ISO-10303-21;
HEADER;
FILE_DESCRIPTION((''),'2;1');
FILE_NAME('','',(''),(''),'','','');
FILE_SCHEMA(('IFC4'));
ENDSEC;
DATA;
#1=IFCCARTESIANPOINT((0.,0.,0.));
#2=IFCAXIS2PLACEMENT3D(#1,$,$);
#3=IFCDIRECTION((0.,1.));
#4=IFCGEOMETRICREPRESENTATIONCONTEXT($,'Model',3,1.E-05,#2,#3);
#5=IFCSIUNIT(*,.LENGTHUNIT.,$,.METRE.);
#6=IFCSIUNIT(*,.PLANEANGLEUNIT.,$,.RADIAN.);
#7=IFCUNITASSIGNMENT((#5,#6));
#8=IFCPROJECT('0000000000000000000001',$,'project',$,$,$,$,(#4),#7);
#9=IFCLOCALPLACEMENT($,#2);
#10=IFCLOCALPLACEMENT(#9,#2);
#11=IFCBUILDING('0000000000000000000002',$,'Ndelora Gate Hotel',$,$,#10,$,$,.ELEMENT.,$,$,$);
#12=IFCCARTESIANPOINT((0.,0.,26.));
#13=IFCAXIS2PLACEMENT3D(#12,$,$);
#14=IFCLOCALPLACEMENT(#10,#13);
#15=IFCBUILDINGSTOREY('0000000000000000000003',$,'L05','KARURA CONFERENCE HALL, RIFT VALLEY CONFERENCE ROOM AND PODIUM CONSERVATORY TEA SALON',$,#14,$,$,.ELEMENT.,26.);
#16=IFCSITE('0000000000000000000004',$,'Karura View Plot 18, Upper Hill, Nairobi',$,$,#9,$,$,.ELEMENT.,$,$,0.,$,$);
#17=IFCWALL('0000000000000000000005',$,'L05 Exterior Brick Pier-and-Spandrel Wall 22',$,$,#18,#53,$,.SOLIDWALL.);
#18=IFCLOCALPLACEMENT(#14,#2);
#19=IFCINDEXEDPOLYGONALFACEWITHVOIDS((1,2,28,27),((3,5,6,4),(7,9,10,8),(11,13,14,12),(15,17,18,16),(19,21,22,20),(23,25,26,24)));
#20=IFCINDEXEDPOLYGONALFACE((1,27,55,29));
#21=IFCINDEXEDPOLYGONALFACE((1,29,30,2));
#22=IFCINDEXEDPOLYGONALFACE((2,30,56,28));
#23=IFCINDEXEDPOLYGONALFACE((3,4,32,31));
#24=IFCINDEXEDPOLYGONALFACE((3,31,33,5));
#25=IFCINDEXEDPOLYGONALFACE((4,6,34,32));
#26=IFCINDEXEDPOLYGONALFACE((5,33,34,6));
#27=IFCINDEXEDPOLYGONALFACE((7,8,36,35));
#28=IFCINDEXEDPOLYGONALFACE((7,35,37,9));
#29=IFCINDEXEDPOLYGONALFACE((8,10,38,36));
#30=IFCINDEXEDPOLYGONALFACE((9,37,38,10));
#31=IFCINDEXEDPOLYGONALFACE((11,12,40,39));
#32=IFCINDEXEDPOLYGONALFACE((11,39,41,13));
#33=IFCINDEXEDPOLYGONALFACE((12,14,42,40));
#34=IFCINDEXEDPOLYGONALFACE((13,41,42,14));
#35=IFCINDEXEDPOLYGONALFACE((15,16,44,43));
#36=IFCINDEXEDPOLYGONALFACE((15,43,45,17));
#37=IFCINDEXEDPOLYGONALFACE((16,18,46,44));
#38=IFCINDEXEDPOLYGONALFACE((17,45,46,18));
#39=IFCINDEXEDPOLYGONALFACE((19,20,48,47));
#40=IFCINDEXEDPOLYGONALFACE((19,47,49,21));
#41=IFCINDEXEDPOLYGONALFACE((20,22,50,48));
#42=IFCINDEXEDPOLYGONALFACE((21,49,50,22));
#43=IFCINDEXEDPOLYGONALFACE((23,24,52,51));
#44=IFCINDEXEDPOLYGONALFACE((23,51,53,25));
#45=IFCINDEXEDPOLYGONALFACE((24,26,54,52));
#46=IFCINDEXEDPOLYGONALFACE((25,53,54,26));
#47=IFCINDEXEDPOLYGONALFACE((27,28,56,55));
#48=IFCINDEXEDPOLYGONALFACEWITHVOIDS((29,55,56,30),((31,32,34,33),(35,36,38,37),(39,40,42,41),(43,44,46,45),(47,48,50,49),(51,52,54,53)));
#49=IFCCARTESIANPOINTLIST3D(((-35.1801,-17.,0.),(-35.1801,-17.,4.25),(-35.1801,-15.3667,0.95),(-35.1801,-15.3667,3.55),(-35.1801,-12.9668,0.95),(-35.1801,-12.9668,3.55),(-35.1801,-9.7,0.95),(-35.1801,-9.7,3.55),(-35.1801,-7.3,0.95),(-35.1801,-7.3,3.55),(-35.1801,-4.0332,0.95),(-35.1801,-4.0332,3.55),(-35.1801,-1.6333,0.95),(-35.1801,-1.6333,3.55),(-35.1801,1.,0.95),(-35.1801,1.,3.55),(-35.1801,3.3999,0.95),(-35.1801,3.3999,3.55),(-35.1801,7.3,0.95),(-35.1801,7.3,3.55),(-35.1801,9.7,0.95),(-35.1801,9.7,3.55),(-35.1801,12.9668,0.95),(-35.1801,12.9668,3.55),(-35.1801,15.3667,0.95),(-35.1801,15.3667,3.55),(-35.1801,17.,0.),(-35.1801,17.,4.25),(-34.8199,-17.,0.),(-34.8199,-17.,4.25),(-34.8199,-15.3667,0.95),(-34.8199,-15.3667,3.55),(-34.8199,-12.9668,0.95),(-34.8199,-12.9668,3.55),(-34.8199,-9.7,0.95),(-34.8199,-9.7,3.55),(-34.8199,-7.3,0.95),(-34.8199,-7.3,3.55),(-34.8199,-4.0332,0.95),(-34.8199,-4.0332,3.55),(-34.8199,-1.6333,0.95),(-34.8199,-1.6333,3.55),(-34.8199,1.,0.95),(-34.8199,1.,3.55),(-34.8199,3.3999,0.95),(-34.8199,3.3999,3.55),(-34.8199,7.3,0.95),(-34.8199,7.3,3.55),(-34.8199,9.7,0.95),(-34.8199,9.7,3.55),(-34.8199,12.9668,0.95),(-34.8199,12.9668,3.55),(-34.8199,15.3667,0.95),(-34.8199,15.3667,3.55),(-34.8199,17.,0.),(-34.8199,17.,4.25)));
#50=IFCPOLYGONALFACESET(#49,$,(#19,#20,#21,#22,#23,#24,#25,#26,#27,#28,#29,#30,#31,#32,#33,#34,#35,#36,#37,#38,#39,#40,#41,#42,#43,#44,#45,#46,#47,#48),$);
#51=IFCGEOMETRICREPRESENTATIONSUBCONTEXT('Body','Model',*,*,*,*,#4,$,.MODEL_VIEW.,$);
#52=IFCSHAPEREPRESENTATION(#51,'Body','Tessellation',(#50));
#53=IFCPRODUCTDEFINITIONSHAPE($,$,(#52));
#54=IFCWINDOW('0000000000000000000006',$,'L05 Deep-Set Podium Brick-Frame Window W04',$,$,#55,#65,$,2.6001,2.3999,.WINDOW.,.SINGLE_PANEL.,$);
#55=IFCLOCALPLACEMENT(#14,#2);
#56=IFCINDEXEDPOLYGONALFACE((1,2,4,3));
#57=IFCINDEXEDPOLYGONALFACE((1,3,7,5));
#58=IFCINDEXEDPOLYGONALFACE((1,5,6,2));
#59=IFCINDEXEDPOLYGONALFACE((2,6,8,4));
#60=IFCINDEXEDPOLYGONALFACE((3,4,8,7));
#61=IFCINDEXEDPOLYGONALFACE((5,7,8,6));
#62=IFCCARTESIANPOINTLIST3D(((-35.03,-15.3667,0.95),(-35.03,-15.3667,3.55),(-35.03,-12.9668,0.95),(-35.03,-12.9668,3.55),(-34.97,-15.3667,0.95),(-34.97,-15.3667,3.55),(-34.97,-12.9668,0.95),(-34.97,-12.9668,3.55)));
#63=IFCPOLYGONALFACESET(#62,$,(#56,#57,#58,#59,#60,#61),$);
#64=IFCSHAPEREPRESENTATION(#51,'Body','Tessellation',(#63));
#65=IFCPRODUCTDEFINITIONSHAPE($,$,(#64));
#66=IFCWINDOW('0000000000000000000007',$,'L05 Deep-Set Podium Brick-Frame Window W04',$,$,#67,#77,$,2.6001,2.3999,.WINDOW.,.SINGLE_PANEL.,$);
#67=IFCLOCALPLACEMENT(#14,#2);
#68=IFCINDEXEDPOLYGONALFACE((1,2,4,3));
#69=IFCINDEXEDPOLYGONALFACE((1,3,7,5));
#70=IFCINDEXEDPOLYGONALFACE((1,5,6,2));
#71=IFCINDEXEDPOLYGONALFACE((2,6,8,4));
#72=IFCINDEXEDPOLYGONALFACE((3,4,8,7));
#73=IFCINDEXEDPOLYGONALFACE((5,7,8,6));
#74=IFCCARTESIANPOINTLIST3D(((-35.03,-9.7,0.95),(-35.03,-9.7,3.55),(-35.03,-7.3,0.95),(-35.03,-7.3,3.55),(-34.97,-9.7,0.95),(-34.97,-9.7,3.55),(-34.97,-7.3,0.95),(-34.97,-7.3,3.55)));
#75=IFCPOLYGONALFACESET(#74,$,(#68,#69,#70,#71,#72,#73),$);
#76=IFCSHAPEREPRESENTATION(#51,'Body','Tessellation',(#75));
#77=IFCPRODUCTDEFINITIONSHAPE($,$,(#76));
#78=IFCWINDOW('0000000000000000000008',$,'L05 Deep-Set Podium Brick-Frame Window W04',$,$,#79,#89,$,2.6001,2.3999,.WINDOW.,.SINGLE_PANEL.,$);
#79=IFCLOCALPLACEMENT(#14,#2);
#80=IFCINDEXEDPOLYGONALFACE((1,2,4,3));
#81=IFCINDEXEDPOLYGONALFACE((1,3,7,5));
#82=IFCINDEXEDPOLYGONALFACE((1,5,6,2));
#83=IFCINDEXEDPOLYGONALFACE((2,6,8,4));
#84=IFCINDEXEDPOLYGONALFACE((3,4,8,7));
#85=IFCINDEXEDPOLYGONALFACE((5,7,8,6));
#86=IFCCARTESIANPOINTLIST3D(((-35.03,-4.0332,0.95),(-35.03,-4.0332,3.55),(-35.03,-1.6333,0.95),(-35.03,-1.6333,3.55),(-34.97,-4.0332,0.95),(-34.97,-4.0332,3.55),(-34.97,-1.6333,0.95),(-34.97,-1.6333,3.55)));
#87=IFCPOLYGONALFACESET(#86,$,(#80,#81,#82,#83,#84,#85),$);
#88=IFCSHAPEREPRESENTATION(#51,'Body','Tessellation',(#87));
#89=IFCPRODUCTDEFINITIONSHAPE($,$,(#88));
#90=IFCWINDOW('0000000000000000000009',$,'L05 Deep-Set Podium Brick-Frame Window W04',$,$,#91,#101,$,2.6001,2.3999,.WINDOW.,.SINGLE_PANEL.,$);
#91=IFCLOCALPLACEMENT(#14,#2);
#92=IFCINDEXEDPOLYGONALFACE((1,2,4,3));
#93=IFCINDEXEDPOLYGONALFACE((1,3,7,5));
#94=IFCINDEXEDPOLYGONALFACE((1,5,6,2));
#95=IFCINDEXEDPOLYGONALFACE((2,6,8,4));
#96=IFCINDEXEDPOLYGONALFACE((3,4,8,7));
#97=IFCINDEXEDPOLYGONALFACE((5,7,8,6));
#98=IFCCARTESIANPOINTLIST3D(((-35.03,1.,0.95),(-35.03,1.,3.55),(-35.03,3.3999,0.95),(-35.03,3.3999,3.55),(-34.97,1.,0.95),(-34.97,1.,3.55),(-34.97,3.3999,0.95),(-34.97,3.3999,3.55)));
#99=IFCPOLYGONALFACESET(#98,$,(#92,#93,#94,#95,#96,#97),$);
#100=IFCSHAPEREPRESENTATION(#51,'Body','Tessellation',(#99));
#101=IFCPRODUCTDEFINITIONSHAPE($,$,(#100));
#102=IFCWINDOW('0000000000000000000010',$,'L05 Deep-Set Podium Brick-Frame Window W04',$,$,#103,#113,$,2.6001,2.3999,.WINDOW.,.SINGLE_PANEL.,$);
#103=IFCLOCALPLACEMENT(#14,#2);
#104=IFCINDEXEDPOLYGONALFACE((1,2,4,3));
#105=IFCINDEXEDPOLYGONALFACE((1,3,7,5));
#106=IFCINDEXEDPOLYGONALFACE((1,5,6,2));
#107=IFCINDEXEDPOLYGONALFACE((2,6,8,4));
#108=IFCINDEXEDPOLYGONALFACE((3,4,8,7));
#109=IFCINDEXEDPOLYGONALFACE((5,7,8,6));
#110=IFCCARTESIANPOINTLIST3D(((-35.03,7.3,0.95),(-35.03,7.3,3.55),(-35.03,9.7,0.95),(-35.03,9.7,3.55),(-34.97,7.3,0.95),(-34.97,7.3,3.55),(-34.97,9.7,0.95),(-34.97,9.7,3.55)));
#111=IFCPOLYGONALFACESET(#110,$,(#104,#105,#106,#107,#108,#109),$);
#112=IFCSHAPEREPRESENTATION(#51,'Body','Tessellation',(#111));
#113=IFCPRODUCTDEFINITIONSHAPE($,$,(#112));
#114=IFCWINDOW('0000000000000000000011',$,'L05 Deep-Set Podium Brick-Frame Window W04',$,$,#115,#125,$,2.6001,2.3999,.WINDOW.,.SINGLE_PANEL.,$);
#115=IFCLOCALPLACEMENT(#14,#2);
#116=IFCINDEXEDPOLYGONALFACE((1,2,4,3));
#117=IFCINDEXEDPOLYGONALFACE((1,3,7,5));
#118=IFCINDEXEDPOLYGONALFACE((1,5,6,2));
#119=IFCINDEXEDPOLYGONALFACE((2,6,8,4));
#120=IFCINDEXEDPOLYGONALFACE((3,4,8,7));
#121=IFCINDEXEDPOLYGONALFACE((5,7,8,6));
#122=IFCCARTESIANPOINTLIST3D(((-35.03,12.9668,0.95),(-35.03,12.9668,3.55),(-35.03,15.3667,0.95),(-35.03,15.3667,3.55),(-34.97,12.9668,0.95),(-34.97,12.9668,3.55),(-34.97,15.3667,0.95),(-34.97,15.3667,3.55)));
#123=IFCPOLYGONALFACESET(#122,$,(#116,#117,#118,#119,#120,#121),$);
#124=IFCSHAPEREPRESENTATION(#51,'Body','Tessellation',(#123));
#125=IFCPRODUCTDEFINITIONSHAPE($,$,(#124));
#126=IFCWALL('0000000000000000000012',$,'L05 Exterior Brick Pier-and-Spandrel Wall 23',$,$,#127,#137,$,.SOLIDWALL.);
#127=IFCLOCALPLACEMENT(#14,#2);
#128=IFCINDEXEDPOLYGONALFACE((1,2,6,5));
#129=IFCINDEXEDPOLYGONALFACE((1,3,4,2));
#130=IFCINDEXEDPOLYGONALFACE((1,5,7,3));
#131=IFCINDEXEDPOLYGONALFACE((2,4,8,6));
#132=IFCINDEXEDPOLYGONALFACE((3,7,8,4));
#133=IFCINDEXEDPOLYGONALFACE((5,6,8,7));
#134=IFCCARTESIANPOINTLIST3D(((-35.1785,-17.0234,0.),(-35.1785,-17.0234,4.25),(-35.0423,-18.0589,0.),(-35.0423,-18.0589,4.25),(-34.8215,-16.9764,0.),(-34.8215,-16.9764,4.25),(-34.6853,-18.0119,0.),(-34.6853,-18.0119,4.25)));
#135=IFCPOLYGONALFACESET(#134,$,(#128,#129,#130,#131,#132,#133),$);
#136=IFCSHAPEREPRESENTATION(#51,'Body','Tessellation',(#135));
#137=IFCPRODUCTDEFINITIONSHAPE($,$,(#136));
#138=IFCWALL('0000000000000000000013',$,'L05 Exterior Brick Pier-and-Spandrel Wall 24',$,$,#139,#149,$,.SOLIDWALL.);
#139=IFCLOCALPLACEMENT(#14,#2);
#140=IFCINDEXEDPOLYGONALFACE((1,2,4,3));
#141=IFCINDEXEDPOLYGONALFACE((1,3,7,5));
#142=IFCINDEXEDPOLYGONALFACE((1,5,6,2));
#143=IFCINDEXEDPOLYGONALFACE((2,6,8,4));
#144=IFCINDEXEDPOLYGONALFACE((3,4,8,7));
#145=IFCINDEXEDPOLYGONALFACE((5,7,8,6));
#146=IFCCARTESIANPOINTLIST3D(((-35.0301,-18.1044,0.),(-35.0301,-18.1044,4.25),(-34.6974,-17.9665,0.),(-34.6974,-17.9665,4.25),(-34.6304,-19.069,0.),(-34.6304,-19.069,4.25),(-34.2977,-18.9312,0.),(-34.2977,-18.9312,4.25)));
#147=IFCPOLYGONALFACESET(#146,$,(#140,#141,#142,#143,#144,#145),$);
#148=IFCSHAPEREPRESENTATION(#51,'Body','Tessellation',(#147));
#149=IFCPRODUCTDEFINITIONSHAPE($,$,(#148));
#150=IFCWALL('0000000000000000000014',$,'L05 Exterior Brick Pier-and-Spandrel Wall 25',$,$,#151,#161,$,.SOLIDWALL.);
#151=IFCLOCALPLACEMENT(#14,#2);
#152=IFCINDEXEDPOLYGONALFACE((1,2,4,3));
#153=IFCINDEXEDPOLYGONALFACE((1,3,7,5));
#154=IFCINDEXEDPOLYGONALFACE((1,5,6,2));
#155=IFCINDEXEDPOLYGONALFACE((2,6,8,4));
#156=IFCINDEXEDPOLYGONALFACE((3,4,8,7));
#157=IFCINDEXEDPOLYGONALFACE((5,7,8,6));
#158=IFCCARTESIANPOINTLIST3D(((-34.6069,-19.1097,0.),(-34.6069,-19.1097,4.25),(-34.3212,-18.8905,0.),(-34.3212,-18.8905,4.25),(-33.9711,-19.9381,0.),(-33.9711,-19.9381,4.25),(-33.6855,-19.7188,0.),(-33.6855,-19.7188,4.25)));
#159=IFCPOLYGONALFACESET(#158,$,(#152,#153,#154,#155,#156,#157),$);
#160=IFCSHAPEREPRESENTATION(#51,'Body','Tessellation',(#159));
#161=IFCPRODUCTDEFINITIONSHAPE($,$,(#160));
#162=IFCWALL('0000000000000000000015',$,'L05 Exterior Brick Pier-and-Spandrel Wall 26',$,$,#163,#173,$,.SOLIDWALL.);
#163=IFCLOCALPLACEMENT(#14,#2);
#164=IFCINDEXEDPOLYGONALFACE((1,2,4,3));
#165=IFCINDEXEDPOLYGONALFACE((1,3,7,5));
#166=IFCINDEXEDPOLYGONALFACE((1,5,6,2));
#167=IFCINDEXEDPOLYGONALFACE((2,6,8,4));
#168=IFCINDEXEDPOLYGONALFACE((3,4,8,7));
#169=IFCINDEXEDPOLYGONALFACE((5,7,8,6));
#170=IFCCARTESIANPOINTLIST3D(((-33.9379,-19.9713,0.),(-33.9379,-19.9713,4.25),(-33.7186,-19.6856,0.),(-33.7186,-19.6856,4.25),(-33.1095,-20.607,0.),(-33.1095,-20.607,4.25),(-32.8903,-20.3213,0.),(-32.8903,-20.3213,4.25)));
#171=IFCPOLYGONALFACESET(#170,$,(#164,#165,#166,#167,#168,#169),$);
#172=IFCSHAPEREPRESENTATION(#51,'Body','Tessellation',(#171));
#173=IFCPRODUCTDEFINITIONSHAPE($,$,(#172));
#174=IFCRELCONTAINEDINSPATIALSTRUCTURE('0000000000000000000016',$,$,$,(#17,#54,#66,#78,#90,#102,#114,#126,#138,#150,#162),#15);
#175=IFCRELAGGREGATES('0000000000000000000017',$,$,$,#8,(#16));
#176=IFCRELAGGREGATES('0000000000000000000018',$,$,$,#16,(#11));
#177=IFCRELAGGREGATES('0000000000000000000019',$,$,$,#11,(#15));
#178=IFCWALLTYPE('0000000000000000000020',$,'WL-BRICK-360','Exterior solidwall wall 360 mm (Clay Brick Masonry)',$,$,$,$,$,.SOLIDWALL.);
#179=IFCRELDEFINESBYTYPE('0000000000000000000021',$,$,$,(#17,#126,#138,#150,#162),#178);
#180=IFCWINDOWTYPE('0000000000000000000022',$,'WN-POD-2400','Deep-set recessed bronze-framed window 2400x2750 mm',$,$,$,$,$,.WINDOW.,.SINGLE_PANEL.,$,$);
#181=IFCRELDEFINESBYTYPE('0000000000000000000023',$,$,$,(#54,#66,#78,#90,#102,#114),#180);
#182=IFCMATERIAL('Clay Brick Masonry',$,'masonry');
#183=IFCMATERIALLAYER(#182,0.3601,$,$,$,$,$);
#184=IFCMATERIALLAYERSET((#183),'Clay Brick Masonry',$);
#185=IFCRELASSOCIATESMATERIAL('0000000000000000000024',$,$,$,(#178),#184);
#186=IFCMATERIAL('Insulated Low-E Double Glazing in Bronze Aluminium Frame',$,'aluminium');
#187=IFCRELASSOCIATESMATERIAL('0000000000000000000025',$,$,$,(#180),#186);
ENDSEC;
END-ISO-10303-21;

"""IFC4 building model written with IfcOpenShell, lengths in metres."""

from ifc_helpers import new_model, si_unit, direction, frame, frame_2d, origin, place, context, subcontext, project, spatial, rectangle, extrude, material, layer, layer_set, type_object, element, fill, save


model = new_model("IFC4")

# Units and contexts
model_context = context("Model", 3, precision=1e-05, world=origin(), true_north=direction((0.0, 1.0)))
body_context = subcontext(model_context, "Body", "Model", "MODEL_VIEW")
ifc_project = project(units=[si_unit("LENGTHUNIT", "METRE"), si_unit("PLANEANGLEUNIT", "RADIAN")], contexts=[model_context])

# Site, building, storey
site_placement = place(None, origin())
site = spatial("IfcSite", under=ifc_project, at=site_placement, Name="Karura View Plot 18, Upper Hill, Nairobi", CompositionType="ELEMENT", RefElevation=0.0)
building_placement = place(site_placement, origin())
building = spatial("IfcBuilding", under=site, at=building_placement, Name="Ndelora Gate Hotel", CompositionType="ELEMENT")
storey_placement = place(building_placement, frame((0.0, 0.0, 26.0)))
storey = spatial("IfcBuildingStorey", under=building, at=storey_placement, Name="L05", Description="KARURA CONFERENCE HALL, RIFT VALLEY CONFERENCE ROOM AND PODIUM CONSERVATORY TEA SALON", CompositionType="ELEMENT", Elevation=26.0)

# Wall, openings, windows
ifc_material_1 = material(Name="Clay Brick Masonry", Category="masonry")
ifc_layer = layer(ifc_material_1, 0.3601)
ifc_layer_set = layer_set([ifc_layer], Name="Clay Brick Masonry")
wall_type = type_object("IfcWallType", Name="WL-BRICK-360", Description="Exterior solidwall wall 360 mm (Clay Brick Masonry)", PredefinedType="SOLIDWALL", material=ifc_layer_set)
wall_1_placement = place(storey_placement, frame((-35.0, -17.0, 0.0), z_axis=(0.0, 0.0, 1.0), x_axis=(0.0, 1.0, 0.0)))
wall_1 = element("IfcWall", 1, at=wall_1_placement, inside=storey, type_object=wall_type, Name="L05 Exterior Brick Pier-and-Spandrel Wall 22", PredefinedType="SOLIDWALL", context=body_context, shape_type="SweptSolid", body=[
    extrude(rectangle(XDim=34.0, YDim=0.3601, at=frame_2d((17.0, 0.0))), origin(), (0.0, 0.0, 1.0), 4.25),
])
opening_1_placement = place(wall_1_placement, frame((1.6333, 0.0, 0.95)))
opening_1 = element("IfcOpeningElement", 2, at=opening_1_placement, cuts=wall_1, PredefinedType="OPENING", context=body_context, shape_type="SweptSolid", body=[
    extrude(rectangle(XDim=2.3999, YDim=2.6001, at=frame_2d((1.2, 1.3))), frame((0.0, 0.1899, 0.0), z_axis=(0.0, -1.0, 0.0), x_axis=(1.0, 0.0, 0.0)), (0.0, 0.0, 1.0), 0.3801),
])
opening_2_placement = place(wall_1_placement, frame((7.3, 0.0, 0.95)))
opening_2 = element("IfcOpeningElement", 3, at=opening_2_placement, cuts=wall_1, PredefinedType="OPENING", context=body_context, shape_type="SweptSolid", body=[
    extrude(rectangle(XDim=2.3999, YDim=2.6001, at=frame_2d((1.2, 1.3))), frame((0.0, 0.1899, 0.0), z_axis=(0.0, -1.0, 0.0), x_axis=(1.0, 0.0, 0.0)), (0.0, 0.0, 1.0), 0.3801),
])
opening_3_placement = place(wall_1_placement, frame((12.9668, 0.0, 0.95)))
opening_3 = element("IfcOpeningElement", 4, at=opening_3_placement, cuts=wall_1, PredefinedType="OPENING", context=body_context, shape_type="SweptSolid", body=[
    extrude(rectangle(XDim=2.3999, YDim=2.6001, at=frame_2d((1.2, 1.3))), frame((0.0, 0.1899, 0.0), z_axis=(0.0, -1.0, 0.0), x_axis=(1.0, 0.0, 0.0)), (0.0, 0.0, 1.0), 0.3801),
])
opening_4_placement = place(wall_1_placement, frame((18.0, 0.0, 0.95)))
opening_4 = element("IfcOpeningElement", 5, at=opening_4_placement, cuts=wall_1, PredefinedType="OPENING", context=body_context, shape_type="SweptSolid", body=[
    extrude(rectangle(XDim=2.3999, YDim=2.6001, at=frame_2d((1.2, 1.3))), frame((0.0, 0.1899, 0.0), z_axis=(0.0, -1.0, 0.0), x_axis=(1.0, 0.0, 0.0)), (0.0, 0.0, 1.0), 0.3801),
])
opening_5_placement = place(wall_1_placement, frame((24.3, 0.0, 0.95)))
opening_5 = element("IfcOpeningElement", 6, at=opening_5_placement, cuts=wall_1, PredefinedType="OPENING", context=body_context, shape_type="SweptSolid", body=[
    extrude(rectangle(XDim=2.3999, YDim=2.6001, at=frame_2d((1.2, 1.3))), frame((0.0, 0.1899, 0.0), z_axis=(0.0, -1.0, 0.0), x_axis=(1.0, 0.0, 0.0)), (0.0, 0.0, 1.0), 0.3801),
])
opening_6_placement = place(wall_1_placement, frame((29.9668, 0.0, 0.95)))
opening_6 = element("IfcOpeningElement", 7, at=opening_6_placement, cuts=wall_1, PredefinedType="OPENING", context=body_context, shape_type="SweptSolid", body=[
    extrude(rectangle(XDim=2.3999, YDim=2.6001, at=frame_2d((1.2, 1.3))), frame((0.0, 0.1899, 0.0), z_axis=(0.0, -1.0, 0.0), x_axis=(1.0, 0.0, 0.0)), (0.0, 0.0, 1.0), 0.3801),
])
ifc_material_2 = material(Name="Insulated Low-E Double Glazing in Bronze Aluminium Frame", Category="aluminium")
window_type = type_object("IfcWindowType", Name="WN-POD-2400", Description="Deep-set recessed bronze-framed window 2400x2750 mm", PartitioningType="SINGLE_PANEL", PredefinedType="WINDOW", material=ifc_material_2)
window_1_placement = place(opening_1_placement, origin())
window_1 = element("IfcWindow", 8, at=window_1_placement, inside=storey, type_object=window_type, Name="L05 Deep-Set Podium Brick-Frame Window W04", OverallHeight=2.6001, OverallWidth=2.3999, PartitioningType="SINGLE_PANEL", PredefinedType="WINDOW", context=body_context, shape_type="SweptSolid", body=[
    extrude(rectangle(XDim=2.3999, YDim=2.6001, at=frame_2d((1.2, 1.3))), frame((0.0, 0.03, 0.0), z_axis=(0.0, -1.0, 0.0), x_axis=(1.0, 0.0, 0.0)), (0.0, 0.0, 1.0), 0.0601),
])
fill(opening_1, window_1)
window_2_placement = place(opening_2_placement, origin())
window_2 = element("IfcWindow", 9, at=window_2_placement, inside=storey, type_object=window_type, Name="L05 Deep-Set Podium Brick-Frame Window W04", OverallHeight=2.6001, OverallWidth=2.3999, PartitioningType="SINGLE_PANEL", PredefinedType="WINDOW", context=body_context, shape_type="SweptSolid", body=[
    extrude(rectangle(XDim=2.3999, YDim=2.6001, at=frame_2d((1.2, 1.3))), frame((0.0, 0.03, 0.0), z_axis=(0.0, -1.0, 0.0), x_axis=(1.0, 0.0, 0.0)), (0.0, 0.0, 1.0), 0.0601),
])
fill(opening_2, window_2)
window_3_placement = place(opening_3_placement, origin())
window_3 = element("IfcWindow", 10, at=window_3_placement, inside=storey, type_object=window_type, Name="L05 Deep-Set Podium Brick-Frame Window W04", OverallHeight=2.6001, OverallWidth=2.3999, PartitioningType="SINGLE_PANEL", PredefinedType="WINDOW", context=body_context, shape_type="SweptSolid", body=[
    extrude(rectangle(XDim=2.3999, YDim=2.6001, at=frame_2d((1.2, 1.3))), frame((0.0, 0.03, 0.0), z_axis=(0.0, -1.0, 0.0), x_axis=(1.0, 0.0, 0.0)), (0.0, 0.0, 1.0), 0.0601),
])
fill(opening_3, window_3)
window_4_placement = place(opening_4_placement, origin())
window_4 = element("IfcWindow", 11, at=window_4_placement, inside=storey, type_object=window_type, Name="L05 Deep-Set Podium Brick-Frame Window W04", OverallHeight=2.6001, OverallWidth=2.3999, PartitioningType="SINGLE_PANEL", PredefinedType="WINDOW", context=body_context, shape_type="SweptSolid", body=[
    extrude(rectangle(XDim=2.3999, YDim=2.6001, at=frame_2d((1.2, 1.3))), frame((0.0, 0.03, 0.0), z_axis=(0.0, -1.0, 0.0), x_axis=(1.0, 0.0, 0.0)), (0.0, 0.0, 1.0), 0.0601),
])
fill(opening_4, window_4)
window_5_placement = place(opening_5_placement, origin())
window_5 = element("IfcWindow", 12, at=window_5_placement, inside=storey, type_object=window_type, Name="L05 Deep-Set Podium Brick-Frame Window W04", OverallHeight=2.6001, OverallWidth=2.3999, PartitioningType="SINGLE_PANEL", PredefinedType="WINDOW", context=body_context, shape_type="SweptSolid", body=[
    extrude(rectangle(XDim=2.3999, YDim=2.6001, at=frame_2d((1.2, 1.3))), frame((0.0, 0.03, 0.0), z_axis=(0.0, -1.0, 0.0), x_axis=(1.0, 0.0, 0.0)), (0.0, 0.0, 1.0), 0.0601),
])
fill(opening_5, window_5)
window_6_placement = place(opening_6_placement, origin())
window_6 = element("IfcWindow", 13, at=window_6_placement, inside=storey, type_object=window_type, Name="L05 Deep-Set Podium Brick-Frame Window W04", OverallHeight=2.6001, OverallWidth=2.3999, PartitioningType="SINGLE_PANEL", PredefinedType="WINDOW", context=body_context, shape_type="SweptSolid", body=[
    extrude(rectangle(XDim=2.3999, YDim=2.6001, at=frame_2d((1.2, 1.3))), frame((0.0, 0.03, 0.0), z_axis=(0.0, -1.0, 0.0), x_axis=(1.0, 0.0, 0.0)), (0.0, 0.0, 1.0), 0.0601),
])
fill(opening_6, window_6)

# Walls
wall_2_placement = place(storey_placement, frame((-34.8638, -18.0354, 0.0), z_axis=(0.0, 0.0, 1.0), x_axis=(-0.130448, 0.991455, 0.0)))
element("IfcWall", 14, at=wall_2_placement, inside=storey, type_object=wall_type, Name="L05 Exterior Brick Pier-and-Spandrel Wall 23", PredefinedType="SOLIDWALL", context=body_context, shape_type="SweptSolid", body=[
    extrude(rectangle(XDim=1.0444, YDim=0.3601, at=frame_2d((0.5222, 0.0))), origin(), (0.0, 0.0, 1.0), 4.25),
])
for number, where, z_axis, x_axis, name in (
    (15, (-34.4641, -19.0, 0.0), (0.0, 0.0, 1.0), (-0.382772, 0.923843, 0.0), "L05 Exterior Brick Pier-and-Spandrel Wall 24"),
    (16, (-33.8284, -19.8284, 0.0), (0.0, 0.0, 1.0), (-0.608829, 0.793301, 0.0), "L05 Exterior Brick Pier-and-Spandrel Wall 25"),
    (17, (-33.0, -20.4641, 0.0), (0.0, 0.0, 1.0), (-0.793301, 0.608829, 0.0), "L05 Exterior Brick Pier-and-Spandrel Wall 26"),
):
    element("IfcWall", number, at=place(storey_placement, frame(where, z_axis=z_axis, x_axis=x_axis)), inside=storey, type_object=wall_type, Name=name, PredefinedType="SOLIDWALL", context=body_context, shape_type="SweptSolid", body=[
        extrude(rectangle(XDim=1.0442, YDim=0.3601, at=frame_2d((0.522, 0.0))), origin(), (0.0, 0.0, 1.0), 4.25),
    ])

save(model, "model.ifc")
